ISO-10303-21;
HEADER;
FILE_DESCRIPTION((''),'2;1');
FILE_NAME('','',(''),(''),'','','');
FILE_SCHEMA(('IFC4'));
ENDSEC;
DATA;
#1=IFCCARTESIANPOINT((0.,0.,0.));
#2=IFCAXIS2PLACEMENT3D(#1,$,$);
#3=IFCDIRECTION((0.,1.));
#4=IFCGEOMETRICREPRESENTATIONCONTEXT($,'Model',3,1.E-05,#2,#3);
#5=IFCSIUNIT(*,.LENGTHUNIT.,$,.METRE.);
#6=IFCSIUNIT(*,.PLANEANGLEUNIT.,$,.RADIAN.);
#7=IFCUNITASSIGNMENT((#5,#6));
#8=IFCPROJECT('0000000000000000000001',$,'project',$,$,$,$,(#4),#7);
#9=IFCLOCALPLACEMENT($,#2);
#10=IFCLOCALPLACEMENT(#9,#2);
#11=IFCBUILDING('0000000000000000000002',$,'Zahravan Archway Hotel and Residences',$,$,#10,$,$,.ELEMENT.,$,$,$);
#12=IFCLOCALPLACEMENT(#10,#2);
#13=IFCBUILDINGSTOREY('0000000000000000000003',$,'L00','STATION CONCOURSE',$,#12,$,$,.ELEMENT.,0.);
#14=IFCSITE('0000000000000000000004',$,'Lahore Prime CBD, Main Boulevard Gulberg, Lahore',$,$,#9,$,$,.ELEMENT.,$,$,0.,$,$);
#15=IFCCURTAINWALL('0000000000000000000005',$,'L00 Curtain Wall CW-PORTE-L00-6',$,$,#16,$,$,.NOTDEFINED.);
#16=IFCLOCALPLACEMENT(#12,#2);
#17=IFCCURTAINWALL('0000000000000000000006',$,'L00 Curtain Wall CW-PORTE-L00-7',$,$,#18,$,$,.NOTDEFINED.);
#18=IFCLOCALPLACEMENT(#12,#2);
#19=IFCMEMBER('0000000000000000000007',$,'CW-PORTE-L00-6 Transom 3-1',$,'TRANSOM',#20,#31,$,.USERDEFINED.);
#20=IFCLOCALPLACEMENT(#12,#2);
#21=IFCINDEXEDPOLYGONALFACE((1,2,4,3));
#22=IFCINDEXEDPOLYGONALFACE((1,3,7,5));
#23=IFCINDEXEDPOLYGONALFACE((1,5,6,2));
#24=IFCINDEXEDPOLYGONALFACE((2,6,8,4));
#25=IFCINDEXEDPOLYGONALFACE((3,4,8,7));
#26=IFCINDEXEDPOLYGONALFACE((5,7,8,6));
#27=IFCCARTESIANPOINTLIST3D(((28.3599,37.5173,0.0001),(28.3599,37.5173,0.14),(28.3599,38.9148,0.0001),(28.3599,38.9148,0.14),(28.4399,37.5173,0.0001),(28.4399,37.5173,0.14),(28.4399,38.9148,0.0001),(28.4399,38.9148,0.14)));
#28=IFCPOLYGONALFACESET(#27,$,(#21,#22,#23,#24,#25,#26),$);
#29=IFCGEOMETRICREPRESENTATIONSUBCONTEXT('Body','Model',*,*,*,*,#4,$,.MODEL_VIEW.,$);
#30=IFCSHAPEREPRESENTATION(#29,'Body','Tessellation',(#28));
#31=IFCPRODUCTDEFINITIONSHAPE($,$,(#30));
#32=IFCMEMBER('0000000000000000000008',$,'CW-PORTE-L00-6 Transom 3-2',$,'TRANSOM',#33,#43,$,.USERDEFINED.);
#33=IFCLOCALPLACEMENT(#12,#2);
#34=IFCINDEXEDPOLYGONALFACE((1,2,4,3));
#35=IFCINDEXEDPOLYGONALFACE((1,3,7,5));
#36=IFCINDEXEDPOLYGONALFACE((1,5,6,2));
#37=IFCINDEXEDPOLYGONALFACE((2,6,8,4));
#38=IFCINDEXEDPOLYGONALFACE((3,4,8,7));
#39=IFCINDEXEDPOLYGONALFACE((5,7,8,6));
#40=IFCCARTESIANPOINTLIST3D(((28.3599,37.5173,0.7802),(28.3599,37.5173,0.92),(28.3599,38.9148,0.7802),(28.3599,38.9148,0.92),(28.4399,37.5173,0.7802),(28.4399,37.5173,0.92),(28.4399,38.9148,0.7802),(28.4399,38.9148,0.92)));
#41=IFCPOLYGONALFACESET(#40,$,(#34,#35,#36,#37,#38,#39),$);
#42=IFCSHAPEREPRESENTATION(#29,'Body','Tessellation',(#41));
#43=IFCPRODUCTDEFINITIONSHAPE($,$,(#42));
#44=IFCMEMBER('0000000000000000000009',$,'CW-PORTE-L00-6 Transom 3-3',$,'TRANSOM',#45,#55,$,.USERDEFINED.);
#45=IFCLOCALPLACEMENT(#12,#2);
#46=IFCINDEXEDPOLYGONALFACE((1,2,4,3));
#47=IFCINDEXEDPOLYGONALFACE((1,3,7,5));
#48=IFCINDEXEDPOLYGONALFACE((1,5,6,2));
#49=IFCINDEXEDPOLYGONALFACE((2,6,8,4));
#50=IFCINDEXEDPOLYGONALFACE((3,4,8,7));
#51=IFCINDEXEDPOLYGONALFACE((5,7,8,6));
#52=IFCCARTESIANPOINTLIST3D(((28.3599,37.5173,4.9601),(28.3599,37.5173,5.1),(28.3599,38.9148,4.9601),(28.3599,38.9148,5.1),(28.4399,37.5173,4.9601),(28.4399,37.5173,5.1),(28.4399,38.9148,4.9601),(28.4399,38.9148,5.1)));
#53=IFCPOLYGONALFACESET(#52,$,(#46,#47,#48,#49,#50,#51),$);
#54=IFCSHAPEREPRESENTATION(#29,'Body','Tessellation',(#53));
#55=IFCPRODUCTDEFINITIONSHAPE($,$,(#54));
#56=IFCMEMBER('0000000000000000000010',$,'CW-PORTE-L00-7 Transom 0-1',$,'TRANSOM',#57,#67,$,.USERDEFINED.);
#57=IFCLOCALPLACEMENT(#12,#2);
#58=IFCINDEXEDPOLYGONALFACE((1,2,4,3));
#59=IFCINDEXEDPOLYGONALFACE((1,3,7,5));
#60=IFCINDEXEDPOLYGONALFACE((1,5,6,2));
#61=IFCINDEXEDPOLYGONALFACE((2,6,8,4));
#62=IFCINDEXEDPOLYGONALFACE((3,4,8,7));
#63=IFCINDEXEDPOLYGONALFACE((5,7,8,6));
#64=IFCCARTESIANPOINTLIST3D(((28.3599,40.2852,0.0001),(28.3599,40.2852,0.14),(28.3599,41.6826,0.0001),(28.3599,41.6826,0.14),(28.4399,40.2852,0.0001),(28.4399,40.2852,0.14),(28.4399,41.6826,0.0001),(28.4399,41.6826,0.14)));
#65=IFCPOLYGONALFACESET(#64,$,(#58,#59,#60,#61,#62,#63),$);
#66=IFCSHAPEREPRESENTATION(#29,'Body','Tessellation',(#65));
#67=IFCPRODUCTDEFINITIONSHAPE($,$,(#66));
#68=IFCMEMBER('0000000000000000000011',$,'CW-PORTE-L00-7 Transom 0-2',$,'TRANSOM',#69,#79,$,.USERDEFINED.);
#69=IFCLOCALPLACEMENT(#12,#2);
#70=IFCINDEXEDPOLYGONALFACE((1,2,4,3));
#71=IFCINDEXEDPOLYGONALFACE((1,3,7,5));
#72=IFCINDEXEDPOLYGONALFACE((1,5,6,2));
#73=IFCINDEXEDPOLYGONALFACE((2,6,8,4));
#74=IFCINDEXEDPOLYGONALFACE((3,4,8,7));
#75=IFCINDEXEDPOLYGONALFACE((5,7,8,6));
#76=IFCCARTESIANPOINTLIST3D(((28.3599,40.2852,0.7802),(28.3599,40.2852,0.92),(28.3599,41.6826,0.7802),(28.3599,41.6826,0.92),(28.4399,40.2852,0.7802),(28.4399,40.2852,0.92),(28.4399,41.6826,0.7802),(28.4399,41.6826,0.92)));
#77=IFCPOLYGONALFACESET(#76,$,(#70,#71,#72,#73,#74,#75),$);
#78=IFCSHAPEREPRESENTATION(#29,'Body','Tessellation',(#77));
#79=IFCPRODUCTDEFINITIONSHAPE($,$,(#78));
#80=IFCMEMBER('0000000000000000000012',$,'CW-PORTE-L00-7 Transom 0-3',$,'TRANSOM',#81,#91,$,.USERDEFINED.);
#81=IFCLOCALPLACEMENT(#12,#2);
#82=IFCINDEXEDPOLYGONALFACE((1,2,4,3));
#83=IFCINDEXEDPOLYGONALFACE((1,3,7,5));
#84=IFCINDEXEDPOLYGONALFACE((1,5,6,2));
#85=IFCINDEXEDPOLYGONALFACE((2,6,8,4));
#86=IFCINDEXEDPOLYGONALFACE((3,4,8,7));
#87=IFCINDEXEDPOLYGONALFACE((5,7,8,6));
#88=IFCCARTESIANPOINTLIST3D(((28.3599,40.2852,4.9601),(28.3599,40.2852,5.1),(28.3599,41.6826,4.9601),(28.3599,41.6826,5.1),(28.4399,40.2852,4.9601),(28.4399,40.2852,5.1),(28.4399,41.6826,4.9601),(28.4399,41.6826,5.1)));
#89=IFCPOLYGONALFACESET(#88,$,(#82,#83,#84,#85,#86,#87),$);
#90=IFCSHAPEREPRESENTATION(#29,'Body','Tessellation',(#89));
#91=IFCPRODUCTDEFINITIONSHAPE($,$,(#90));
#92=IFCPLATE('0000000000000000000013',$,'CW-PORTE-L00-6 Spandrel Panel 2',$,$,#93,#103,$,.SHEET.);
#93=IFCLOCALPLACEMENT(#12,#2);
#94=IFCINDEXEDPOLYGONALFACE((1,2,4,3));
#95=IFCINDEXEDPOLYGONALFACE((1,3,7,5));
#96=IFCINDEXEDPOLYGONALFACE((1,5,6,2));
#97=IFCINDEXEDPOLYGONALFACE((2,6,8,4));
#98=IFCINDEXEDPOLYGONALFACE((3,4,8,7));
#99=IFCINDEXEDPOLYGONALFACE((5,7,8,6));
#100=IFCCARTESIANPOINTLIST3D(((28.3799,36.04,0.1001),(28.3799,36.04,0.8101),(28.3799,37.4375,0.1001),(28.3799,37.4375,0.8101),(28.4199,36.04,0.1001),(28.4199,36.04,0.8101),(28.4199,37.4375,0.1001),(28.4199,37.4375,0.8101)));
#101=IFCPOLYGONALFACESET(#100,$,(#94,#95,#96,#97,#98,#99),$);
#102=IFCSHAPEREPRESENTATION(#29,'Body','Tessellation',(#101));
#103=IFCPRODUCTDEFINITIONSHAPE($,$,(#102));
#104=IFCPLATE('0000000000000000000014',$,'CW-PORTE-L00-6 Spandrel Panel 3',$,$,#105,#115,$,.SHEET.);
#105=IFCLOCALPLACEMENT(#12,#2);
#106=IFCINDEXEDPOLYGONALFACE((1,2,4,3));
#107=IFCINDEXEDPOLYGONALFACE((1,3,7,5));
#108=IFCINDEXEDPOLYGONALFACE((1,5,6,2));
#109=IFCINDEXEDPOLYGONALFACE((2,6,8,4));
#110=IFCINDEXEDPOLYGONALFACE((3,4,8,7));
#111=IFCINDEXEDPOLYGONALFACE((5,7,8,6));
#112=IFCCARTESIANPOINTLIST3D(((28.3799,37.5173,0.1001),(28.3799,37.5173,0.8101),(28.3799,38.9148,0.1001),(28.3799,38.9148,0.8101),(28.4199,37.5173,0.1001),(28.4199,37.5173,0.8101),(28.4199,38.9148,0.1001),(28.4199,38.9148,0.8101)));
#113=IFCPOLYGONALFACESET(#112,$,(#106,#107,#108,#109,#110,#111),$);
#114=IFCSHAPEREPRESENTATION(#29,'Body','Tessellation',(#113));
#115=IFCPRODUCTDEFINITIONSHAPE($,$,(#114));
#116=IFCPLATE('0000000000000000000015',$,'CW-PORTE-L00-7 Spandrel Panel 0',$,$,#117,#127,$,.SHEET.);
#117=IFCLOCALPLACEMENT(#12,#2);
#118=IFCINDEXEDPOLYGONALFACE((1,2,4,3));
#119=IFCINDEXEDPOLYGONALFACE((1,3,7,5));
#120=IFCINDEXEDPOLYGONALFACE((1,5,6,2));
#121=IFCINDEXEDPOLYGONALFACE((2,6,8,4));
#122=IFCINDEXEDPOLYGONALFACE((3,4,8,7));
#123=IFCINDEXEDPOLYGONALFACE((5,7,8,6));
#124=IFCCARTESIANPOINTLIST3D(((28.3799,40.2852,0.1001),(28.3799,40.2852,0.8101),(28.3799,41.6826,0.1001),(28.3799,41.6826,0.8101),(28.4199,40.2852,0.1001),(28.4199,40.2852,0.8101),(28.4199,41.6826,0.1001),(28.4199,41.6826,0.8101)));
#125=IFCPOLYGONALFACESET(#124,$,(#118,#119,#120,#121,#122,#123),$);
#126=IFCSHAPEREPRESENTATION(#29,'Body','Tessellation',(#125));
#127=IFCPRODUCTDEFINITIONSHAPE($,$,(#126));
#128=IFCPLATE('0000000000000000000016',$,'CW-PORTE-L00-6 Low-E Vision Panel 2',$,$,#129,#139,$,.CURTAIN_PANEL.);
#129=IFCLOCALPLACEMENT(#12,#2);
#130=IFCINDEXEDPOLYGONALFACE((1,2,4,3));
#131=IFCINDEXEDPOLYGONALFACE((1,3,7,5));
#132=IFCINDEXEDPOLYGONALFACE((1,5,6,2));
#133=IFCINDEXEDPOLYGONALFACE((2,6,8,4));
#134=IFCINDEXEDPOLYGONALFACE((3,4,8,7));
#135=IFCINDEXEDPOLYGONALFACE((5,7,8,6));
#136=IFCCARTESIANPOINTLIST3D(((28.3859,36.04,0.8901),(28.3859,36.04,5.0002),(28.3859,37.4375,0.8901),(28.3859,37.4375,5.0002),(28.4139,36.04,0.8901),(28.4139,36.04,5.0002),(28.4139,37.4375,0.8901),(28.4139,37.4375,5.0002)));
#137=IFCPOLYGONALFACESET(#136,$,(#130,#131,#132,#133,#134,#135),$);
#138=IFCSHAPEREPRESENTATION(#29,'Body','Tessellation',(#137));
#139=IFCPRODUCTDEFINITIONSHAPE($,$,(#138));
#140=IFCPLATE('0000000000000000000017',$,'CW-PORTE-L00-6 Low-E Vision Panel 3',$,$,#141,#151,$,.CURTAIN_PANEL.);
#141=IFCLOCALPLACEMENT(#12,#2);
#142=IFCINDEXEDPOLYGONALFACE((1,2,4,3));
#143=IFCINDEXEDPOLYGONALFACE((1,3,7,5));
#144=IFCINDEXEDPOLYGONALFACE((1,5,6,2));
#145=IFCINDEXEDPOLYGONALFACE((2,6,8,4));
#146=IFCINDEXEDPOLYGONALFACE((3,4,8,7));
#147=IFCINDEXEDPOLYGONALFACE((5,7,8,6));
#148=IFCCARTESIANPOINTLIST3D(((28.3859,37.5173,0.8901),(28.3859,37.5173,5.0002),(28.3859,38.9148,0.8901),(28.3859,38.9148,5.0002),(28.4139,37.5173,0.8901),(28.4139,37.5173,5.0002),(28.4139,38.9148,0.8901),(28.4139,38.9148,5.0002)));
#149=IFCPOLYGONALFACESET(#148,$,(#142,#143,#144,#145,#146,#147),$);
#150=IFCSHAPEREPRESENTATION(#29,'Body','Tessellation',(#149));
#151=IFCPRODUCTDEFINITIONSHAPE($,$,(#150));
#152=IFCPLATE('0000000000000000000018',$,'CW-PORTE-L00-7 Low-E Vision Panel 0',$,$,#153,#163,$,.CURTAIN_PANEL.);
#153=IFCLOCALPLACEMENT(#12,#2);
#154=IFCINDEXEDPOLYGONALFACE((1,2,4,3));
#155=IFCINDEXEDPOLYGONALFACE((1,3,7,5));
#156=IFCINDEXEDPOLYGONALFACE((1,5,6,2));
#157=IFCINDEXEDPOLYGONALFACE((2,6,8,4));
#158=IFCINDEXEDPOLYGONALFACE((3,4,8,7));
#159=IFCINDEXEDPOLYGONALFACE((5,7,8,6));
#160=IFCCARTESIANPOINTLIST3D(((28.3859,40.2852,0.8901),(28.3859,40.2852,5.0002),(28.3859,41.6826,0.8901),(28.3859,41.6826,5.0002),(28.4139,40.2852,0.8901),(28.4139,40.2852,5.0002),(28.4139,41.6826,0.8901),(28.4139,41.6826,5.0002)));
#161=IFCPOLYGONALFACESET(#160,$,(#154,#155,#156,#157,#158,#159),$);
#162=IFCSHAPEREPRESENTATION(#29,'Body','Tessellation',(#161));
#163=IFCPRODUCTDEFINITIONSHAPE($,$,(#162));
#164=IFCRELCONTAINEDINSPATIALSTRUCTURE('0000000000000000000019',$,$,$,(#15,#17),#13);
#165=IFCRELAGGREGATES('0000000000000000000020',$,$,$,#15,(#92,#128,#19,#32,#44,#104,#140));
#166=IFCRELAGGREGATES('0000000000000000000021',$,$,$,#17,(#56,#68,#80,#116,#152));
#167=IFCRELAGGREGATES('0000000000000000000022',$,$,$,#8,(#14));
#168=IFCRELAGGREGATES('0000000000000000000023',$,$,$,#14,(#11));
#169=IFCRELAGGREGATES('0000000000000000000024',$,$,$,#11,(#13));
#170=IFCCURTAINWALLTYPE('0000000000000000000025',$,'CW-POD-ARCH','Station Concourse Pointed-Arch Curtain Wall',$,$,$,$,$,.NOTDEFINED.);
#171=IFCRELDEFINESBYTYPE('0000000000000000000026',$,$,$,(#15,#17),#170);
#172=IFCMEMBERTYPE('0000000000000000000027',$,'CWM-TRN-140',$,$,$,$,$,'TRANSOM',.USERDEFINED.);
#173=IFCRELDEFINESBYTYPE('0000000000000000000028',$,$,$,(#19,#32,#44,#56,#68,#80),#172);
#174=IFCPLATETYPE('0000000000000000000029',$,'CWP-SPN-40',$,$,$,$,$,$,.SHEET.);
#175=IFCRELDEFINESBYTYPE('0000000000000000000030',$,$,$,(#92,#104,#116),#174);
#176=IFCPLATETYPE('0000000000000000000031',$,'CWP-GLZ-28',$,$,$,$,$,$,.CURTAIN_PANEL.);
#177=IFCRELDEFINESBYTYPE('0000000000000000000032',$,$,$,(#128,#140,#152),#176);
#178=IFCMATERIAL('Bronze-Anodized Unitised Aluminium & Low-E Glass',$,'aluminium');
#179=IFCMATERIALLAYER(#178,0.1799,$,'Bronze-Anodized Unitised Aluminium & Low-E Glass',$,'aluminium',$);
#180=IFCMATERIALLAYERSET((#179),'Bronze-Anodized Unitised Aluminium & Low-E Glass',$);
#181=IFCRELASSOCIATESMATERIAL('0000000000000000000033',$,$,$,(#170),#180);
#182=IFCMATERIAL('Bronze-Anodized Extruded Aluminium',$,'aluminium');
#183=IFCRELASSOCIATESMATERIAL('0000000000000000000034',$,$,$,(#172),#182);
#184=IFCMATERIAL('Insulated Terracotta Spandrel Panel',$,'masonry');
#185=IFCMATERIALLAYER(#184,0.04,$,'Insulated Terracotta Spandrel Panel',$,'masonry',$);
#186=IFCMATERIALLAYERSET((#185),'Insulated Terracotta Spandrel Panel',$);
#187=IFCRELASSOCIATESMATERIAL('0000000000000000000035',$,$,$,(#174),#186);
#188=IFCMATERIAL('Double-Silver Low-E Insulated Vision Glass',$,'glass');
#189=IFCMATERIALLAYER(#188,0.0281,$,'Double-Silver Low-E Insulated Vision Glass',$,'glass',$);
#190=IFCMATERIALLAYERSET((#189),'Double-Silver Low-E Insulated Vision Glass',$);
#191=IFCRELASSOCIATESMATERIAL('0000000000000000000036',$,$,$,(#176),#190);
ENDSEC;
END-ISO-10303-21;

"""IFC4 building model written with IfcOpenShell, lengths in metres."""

from ifc_helpers import new_model, si_unit, direction, frame, origin, origin_2d, place, context, subcontext, project, spatial, rectangle, extrude, source, transform, mapped, material, layer, layer_set, material_profile, profile_set, type_object, element, aggregate, save


model = new_model("IFC4")

# Units and contexts
model_context = context("Model", 3, precision=1e-05, world=origin(), true_north=direction((0.0, 1.0)))
body_context = subcontext(model_context, "Body", "Model", "MODEL_VIEW")
ifc_project = project(units=[si_unit("LENGTHUNIT", "METRE"), si_unit("PLANEANGLEUNIT", "RADIAN")], contexts=[model_context])

# Site, building, storey
site_placement = place(None, origin())
site = spatial("IfcSite", under=ifc_project, at=site_placement, Name="Lahore Prime CBD, Main Boulevard Gulberg, Lahore", CompositionType="ELEMENT", RefElevation=0.0)
building_placement = place(site_placement, origin())
building = spatial("IfcBuilding", under=site, at=building_placement, Name="Zahravan Archway Hotel and Residences", CompositionType="ELEMENT")
storey_placement = place(building_placement, origin())
storey = spatial("IfcBuildingStorey", under=building, at=storey_placement, Name="L00", Description="STATION CONCOURSE", CompositionType="ELEMENT", Elevation=0.0)

# Curtain walls
ifc_material_1 = material(Name="Bronze-Anodized Unitised Aluminium & Low-E Glass", Category="aluminium")
ifc_layer_1 = layer(ifc_material_1, 0.1799, Name="Bronze-Anodized Unitised Aluminium & Low-E Glass", Category="aluminium")
ifc_layer_set_1 = layer_set([ifc_layer_1], Name="Bronze-Anodized Unitised Aluminium & Low-E Glass")
curtain_wall_type = type_object("IfcCurtainWallType", Name="CW-POD-ARCH", Description="Station Concourse Pointed-Arch Curtain Wall", PredefinedType="NOTDEFINED", material=ifc_layer_set_1)
curtain_wall_1_placement = place(storey_placement, origin())
curtain_wall_1 = element("IfcCurtainWall", 1, at=curtain_wall_1_placement, inside=storey, type_object=curtain_wall_type, Name="L00 Curtain Wall CW-PORTE-L00-6", PredefinedType="NOTDEFINED")
ifc_material_2 = material(Name="Bronze-Anodized Extruded Aluminium", Category="aluminium")
curtain_wall_2_placement = place(storey_placement, origin())
curtain_wall_2 = element("IfcCurtainWall", 2, at=curtain_wall_2_placement, inside=storey, type_object=curtain_wall_type, Name="L00 Curtain Wall CW-PORTE-L00-7", PredefinedType="NOTDEFINED")
ifc_material_profile_1 = material_profile(ifc_material_2, rectangle(XDim=0.0801, YDim=0.1399, at=origin_2d()), Name="TRN 80x140", Category="aluminium")
ifc_profile_set_1 = profile_set([ifc_material_profile_1], Name="Bronze-Anodized Extruded Aluminium")
member_type_1 = type_object("IfcMemberType", Name="CWM-TRN-140", ElementType="TRANSOM", PredefinedType="USERDEFINED", material=ifc_profile_set_1)

# Members
shared_shape_1 = source(origin(), body_context, "Body", "SweptSolid", [
    extrude(rectangle(XDim=0.0801, YDim=0.1399, at=origin_2d()), origin(), (0.0, 0.0, 1.0), 1.3975),
])
member_1_placement = place(storey_placement, frame((28.3999, 37.5173, 0.0701), z_axis=(0.0, 1.0, 0.0), x_axis=(-1.0, 0.0, 0.0)))
member_1 = element("IfcMember", 3, at=member_1_placement, type_object=member_type_1, Name="CW-PORTE-L00-6 Transom 3-1", ObjectType="TRANSOM", PredefinedType="USERDEFINED", context=body_context, shape_type="MappedRepresentation", body=[
    mapped(shared_shape_1, transform((0.0, 0.0, 0.0), scale=1.0)),
])
member_2_placement = place(storey_placement, frame((28.3999, 37.5173, 0.8501), z_axis=(0.0, 1.0, 0.0), x_axis=(-1.0, 0.0, 0.0)))
member_2 = element("IfcMember", 4, at=member_2_placement, type_object=member_type_1, Name="CW-PORTE-L00-6 Transom 3-2", ObjectType="TRANSOM", PredefinedType="USERDEFINED", context=body_context, shape_type="MappedRepresentation", body=[
    mapped(shared_shape_1, transform((0.0, 0.0, 0.0), scale=1.0)),
])
member_3_placement = place(storey_placement, frame((28.3999, 37.5173, 5.03), z_axis=(0.0, 1.0, 0.0), x_axis=(-1.0, 0.0, 0.0)))
member_3 = element("IfcMember", 5, at=member_3_placement, type_object=member_type_1, Name="CW-PORTE-L00-6 Transom 3-3", ObjectType="TRANSOM", PredefinedType="USERDEFINED", context=body_context, shape_type="MappedRepresentation", body=[
    mapped(shared_shape_1, transform((0.0, 0.0, 0.0), scale=1.0)),
])
member_4_placement = place(storey_placement, frame((28.3999, 40.2852, 0.0701), z_axis=(0.0, 1.0, 0.0), x_axis=(-1.0, 0.0, 0.0)))
member_4 = element("IfcMember", 6, at=member_4_placement, type_object=member_type_1, Name="CW-PORTE-L00-7 Transom 0-1", ObjectType="TRANSOM", PredefinedType="USERDEFINED", context=body_context, shape_type="MappedRepresentation", body=[
    mapped(shared_shape_1, transform((0.0, 0.0, 0.0), scale=1.0)),
])
member_5_placement = place(storey_placement, frame((28.3999, 40.2852, 0.8501), z_axis=(0.0, 1.0, 0.0), x_axis=(-1.0, 0.0, 0.0)))
member_5 = element("IfcMember", 7, at=member_5_placement, type_object=member_type_1, Name="CW-PORTE-L00-7 Transom 0-2", ObjectType="TRANSOM", PredefinedType="USERDEFINED", context=body_context, shape_type="MappedRepresentation", body=[
    mapped(shared_shape_1, transform((0.0, 0.0, 0.0), scale=1.0)),
])
member_6_placement = place(storey_placement, frame((28.3999, 40.2852, 5.03), z_axis=(0.0, 1.0, 0.0), x_axis=(-1.0, 0.0, 0.0)))
member_6 = element("IfcMember", 8, at=member_6_placement, type_object=member_type_1, Name="CW-PORTE-L00-7 Transom 0-3", ObjectType="TRANSOM", PredefinedType="USERDEFINED", context=body_context, shape_type="MappedRepresentation", body=[
    mapped(shared_shape_1, transform((0.0, 0.0, 0.0), scale=1.0)),
])

# Plates
ifc_material_3 = material(Name="Insulated Terracotta Spandrel Panel", Category="masonry")
ifc_layer_2 = layer(ifc_material_3, 0.04, Name="Insulated Terracotta Spandrel Panel", Category="masonry")
ifc_layer_set_2 = layer_set([ifc_layer_2], Name="Insulated Terracotta Spandrel Panel")
plate_type_1 = type_object("IfcPlateType", Name="CWP-SPN-40", PredefinedType="SHEET", material=ifc_layer_set_2)
shared_shape_2 = source(origin(), body_context, "Body", "SweptSolid", [
    extrude(rectangle(XDim=1.3975, YDim=0.04, at=origin_2d()), origin(), (0.0, 0.0, 1.0), 0.71),
])
plate_1_placement = place(storey_placement, frame((28.3999, 36.7388, 0.1001), z_axis=(0.0, 0.0, 1.0), x_axis=(0.0, 1.0, 0.0)))
plate_1 = element("IfcPlate", 9, at=plate_1_placement, type_object=plate_type_1, Name="CW-PORTE-L00-6 Spandrel Panel 2", PredefinedType="SHEET", context=body_context, shape_type="MappedRepresentation", body=[
    mapped(shared_shape_2, transform((0.0, 0.0, 0.0), scale=1.0)),
])
plate_2_placement = place(storey_placement, frame((28.3999, 38.2161, 0.1001), z_axis=(0.0, 0.0, 1.0), x_axis=(0.0, 1.0, 0.0)))
plate_2 = element("IfcPlate", 10, at=plate_2_placement, type_object=plate_type_1, Name="CW-PORTE-L00-6 Spandrel Panel 3", PredefinedType="SHEET", context=body_context, shape_type="MappedRepresentation", body=[
    mapped(shared_shape_2, transform((0.0, 0.0, 0.0), scale=1.0)),
])
plate_3_placement = place(storey_placement, frame((28.3999, 40.9839, 0.1001), z_axis=(0.0, 0.0, 1.0), x_axis=(0.0, 1.0, 0.0)))
plate_3 = element("IfcPlate", 11, at=plate_3_placement, type_object=plate_type_1, Name="CW-PORTE-L00-7 Spandrel Panel 0", PredefinedType="SHEET", context=body_context, shape_type="MappedRepresentation", body=[
    mapped(shared_shape_2, transform((0.0, 0.0, 0.0), scale=1.0)),
])
ifc_material_4 = material(Name="Double-Silver Low-E Insulated Vision Glass", Category="glass")
ifc_layer_3 = layer(ifc_material_4, 0.0281, Name="Double-Silver Low-E Insulated Vision Glass", Category="glass")
ifc_layer_set_3 = layer_set([ifc_layer_3], Name="Double-Silver Low-E Insulated Vision Glass")
plate_type_2 = type_object("IfcPlateType", Name="CWP-GLZ-28", PredefinedType="CURTAIN_PANEL", material=ifc_layer_set_3)
shared_shape_3 = source(origin(), body_context, "Body", "SweptSolid", [
    extrude(rectangle(XDim=1.3975, YDim=0.0281, at=origin_2d()), origin(), (0.0, 0.0, 1.0), 4.1101),
])
plate_4_placement = place(storey_placement, frame((28.3999, 36.7388, 0.8901), z_axis=(0.0, 0.0, 1.0), x_axis=(0.0, 1.0, 0.0)))
plate_4 = element("IfcPlate", 12, at=plate_4_placement, type_object=plate_type_2, Name="CW-PORTE-L00-6 Low-E Vision Panel 2", PredefinedType="CURTAIN_PANEL", context=body_context, shape_type="MappedRepresentation", body=[
    mapped(shared_shape_3, transform((0.0, 0.0, 0.0), scale=1.0)),
])
plate_5_placement = place(storey_placement, frame((28.3999, 38.2161, 0.8901), z_axis=(0.0, 0.0, 1.0), x_axis=(0.0, 1.0, 0.0)))
plate_5 = element("IfcPlate", 13, at=plate_5_placement, type_object=plate_type_2, Name="CW-PORTE-L00-6 Low-E Vision Panel 3", PredefinedType="CURTAIN_PANEL", context=body_context, shape_type="MappedRepresentation", body=[
    mapped(shared_shape_3, transform((0.0, 0.0, 0.0), scale=1.0)),
])
aggregate(curtain_wall_1, [plate_1, plate_4, member_1, member_2, member_3, plate_2, plate_5])
plate_6_placement = place(storey_placement, frame((28.3999, 40.9839, 0.8901), z_axis=(0.0, 0.0, 1.0), x_axis=(0.0, 1.0, 0.0)))
plate_6 = element("IfcPlate", 14, at=plate_6_placement, type_object=plate_type_2, Name="CW-PORTE-L00-7 Low-E Vision Panel 0", PredefinedType="CURTAIN_PANEL", context=body_context, shape_type="MappedRepresentation", body=[
    mapped(shared_shape_3, transform((0.0, 0.0, 0.0), scale=1.0)),
])
aggregate(curtain_wall_2, [member_4, member_5, member_6, plate_3, plate_6])

save(model, "model.ifc")
